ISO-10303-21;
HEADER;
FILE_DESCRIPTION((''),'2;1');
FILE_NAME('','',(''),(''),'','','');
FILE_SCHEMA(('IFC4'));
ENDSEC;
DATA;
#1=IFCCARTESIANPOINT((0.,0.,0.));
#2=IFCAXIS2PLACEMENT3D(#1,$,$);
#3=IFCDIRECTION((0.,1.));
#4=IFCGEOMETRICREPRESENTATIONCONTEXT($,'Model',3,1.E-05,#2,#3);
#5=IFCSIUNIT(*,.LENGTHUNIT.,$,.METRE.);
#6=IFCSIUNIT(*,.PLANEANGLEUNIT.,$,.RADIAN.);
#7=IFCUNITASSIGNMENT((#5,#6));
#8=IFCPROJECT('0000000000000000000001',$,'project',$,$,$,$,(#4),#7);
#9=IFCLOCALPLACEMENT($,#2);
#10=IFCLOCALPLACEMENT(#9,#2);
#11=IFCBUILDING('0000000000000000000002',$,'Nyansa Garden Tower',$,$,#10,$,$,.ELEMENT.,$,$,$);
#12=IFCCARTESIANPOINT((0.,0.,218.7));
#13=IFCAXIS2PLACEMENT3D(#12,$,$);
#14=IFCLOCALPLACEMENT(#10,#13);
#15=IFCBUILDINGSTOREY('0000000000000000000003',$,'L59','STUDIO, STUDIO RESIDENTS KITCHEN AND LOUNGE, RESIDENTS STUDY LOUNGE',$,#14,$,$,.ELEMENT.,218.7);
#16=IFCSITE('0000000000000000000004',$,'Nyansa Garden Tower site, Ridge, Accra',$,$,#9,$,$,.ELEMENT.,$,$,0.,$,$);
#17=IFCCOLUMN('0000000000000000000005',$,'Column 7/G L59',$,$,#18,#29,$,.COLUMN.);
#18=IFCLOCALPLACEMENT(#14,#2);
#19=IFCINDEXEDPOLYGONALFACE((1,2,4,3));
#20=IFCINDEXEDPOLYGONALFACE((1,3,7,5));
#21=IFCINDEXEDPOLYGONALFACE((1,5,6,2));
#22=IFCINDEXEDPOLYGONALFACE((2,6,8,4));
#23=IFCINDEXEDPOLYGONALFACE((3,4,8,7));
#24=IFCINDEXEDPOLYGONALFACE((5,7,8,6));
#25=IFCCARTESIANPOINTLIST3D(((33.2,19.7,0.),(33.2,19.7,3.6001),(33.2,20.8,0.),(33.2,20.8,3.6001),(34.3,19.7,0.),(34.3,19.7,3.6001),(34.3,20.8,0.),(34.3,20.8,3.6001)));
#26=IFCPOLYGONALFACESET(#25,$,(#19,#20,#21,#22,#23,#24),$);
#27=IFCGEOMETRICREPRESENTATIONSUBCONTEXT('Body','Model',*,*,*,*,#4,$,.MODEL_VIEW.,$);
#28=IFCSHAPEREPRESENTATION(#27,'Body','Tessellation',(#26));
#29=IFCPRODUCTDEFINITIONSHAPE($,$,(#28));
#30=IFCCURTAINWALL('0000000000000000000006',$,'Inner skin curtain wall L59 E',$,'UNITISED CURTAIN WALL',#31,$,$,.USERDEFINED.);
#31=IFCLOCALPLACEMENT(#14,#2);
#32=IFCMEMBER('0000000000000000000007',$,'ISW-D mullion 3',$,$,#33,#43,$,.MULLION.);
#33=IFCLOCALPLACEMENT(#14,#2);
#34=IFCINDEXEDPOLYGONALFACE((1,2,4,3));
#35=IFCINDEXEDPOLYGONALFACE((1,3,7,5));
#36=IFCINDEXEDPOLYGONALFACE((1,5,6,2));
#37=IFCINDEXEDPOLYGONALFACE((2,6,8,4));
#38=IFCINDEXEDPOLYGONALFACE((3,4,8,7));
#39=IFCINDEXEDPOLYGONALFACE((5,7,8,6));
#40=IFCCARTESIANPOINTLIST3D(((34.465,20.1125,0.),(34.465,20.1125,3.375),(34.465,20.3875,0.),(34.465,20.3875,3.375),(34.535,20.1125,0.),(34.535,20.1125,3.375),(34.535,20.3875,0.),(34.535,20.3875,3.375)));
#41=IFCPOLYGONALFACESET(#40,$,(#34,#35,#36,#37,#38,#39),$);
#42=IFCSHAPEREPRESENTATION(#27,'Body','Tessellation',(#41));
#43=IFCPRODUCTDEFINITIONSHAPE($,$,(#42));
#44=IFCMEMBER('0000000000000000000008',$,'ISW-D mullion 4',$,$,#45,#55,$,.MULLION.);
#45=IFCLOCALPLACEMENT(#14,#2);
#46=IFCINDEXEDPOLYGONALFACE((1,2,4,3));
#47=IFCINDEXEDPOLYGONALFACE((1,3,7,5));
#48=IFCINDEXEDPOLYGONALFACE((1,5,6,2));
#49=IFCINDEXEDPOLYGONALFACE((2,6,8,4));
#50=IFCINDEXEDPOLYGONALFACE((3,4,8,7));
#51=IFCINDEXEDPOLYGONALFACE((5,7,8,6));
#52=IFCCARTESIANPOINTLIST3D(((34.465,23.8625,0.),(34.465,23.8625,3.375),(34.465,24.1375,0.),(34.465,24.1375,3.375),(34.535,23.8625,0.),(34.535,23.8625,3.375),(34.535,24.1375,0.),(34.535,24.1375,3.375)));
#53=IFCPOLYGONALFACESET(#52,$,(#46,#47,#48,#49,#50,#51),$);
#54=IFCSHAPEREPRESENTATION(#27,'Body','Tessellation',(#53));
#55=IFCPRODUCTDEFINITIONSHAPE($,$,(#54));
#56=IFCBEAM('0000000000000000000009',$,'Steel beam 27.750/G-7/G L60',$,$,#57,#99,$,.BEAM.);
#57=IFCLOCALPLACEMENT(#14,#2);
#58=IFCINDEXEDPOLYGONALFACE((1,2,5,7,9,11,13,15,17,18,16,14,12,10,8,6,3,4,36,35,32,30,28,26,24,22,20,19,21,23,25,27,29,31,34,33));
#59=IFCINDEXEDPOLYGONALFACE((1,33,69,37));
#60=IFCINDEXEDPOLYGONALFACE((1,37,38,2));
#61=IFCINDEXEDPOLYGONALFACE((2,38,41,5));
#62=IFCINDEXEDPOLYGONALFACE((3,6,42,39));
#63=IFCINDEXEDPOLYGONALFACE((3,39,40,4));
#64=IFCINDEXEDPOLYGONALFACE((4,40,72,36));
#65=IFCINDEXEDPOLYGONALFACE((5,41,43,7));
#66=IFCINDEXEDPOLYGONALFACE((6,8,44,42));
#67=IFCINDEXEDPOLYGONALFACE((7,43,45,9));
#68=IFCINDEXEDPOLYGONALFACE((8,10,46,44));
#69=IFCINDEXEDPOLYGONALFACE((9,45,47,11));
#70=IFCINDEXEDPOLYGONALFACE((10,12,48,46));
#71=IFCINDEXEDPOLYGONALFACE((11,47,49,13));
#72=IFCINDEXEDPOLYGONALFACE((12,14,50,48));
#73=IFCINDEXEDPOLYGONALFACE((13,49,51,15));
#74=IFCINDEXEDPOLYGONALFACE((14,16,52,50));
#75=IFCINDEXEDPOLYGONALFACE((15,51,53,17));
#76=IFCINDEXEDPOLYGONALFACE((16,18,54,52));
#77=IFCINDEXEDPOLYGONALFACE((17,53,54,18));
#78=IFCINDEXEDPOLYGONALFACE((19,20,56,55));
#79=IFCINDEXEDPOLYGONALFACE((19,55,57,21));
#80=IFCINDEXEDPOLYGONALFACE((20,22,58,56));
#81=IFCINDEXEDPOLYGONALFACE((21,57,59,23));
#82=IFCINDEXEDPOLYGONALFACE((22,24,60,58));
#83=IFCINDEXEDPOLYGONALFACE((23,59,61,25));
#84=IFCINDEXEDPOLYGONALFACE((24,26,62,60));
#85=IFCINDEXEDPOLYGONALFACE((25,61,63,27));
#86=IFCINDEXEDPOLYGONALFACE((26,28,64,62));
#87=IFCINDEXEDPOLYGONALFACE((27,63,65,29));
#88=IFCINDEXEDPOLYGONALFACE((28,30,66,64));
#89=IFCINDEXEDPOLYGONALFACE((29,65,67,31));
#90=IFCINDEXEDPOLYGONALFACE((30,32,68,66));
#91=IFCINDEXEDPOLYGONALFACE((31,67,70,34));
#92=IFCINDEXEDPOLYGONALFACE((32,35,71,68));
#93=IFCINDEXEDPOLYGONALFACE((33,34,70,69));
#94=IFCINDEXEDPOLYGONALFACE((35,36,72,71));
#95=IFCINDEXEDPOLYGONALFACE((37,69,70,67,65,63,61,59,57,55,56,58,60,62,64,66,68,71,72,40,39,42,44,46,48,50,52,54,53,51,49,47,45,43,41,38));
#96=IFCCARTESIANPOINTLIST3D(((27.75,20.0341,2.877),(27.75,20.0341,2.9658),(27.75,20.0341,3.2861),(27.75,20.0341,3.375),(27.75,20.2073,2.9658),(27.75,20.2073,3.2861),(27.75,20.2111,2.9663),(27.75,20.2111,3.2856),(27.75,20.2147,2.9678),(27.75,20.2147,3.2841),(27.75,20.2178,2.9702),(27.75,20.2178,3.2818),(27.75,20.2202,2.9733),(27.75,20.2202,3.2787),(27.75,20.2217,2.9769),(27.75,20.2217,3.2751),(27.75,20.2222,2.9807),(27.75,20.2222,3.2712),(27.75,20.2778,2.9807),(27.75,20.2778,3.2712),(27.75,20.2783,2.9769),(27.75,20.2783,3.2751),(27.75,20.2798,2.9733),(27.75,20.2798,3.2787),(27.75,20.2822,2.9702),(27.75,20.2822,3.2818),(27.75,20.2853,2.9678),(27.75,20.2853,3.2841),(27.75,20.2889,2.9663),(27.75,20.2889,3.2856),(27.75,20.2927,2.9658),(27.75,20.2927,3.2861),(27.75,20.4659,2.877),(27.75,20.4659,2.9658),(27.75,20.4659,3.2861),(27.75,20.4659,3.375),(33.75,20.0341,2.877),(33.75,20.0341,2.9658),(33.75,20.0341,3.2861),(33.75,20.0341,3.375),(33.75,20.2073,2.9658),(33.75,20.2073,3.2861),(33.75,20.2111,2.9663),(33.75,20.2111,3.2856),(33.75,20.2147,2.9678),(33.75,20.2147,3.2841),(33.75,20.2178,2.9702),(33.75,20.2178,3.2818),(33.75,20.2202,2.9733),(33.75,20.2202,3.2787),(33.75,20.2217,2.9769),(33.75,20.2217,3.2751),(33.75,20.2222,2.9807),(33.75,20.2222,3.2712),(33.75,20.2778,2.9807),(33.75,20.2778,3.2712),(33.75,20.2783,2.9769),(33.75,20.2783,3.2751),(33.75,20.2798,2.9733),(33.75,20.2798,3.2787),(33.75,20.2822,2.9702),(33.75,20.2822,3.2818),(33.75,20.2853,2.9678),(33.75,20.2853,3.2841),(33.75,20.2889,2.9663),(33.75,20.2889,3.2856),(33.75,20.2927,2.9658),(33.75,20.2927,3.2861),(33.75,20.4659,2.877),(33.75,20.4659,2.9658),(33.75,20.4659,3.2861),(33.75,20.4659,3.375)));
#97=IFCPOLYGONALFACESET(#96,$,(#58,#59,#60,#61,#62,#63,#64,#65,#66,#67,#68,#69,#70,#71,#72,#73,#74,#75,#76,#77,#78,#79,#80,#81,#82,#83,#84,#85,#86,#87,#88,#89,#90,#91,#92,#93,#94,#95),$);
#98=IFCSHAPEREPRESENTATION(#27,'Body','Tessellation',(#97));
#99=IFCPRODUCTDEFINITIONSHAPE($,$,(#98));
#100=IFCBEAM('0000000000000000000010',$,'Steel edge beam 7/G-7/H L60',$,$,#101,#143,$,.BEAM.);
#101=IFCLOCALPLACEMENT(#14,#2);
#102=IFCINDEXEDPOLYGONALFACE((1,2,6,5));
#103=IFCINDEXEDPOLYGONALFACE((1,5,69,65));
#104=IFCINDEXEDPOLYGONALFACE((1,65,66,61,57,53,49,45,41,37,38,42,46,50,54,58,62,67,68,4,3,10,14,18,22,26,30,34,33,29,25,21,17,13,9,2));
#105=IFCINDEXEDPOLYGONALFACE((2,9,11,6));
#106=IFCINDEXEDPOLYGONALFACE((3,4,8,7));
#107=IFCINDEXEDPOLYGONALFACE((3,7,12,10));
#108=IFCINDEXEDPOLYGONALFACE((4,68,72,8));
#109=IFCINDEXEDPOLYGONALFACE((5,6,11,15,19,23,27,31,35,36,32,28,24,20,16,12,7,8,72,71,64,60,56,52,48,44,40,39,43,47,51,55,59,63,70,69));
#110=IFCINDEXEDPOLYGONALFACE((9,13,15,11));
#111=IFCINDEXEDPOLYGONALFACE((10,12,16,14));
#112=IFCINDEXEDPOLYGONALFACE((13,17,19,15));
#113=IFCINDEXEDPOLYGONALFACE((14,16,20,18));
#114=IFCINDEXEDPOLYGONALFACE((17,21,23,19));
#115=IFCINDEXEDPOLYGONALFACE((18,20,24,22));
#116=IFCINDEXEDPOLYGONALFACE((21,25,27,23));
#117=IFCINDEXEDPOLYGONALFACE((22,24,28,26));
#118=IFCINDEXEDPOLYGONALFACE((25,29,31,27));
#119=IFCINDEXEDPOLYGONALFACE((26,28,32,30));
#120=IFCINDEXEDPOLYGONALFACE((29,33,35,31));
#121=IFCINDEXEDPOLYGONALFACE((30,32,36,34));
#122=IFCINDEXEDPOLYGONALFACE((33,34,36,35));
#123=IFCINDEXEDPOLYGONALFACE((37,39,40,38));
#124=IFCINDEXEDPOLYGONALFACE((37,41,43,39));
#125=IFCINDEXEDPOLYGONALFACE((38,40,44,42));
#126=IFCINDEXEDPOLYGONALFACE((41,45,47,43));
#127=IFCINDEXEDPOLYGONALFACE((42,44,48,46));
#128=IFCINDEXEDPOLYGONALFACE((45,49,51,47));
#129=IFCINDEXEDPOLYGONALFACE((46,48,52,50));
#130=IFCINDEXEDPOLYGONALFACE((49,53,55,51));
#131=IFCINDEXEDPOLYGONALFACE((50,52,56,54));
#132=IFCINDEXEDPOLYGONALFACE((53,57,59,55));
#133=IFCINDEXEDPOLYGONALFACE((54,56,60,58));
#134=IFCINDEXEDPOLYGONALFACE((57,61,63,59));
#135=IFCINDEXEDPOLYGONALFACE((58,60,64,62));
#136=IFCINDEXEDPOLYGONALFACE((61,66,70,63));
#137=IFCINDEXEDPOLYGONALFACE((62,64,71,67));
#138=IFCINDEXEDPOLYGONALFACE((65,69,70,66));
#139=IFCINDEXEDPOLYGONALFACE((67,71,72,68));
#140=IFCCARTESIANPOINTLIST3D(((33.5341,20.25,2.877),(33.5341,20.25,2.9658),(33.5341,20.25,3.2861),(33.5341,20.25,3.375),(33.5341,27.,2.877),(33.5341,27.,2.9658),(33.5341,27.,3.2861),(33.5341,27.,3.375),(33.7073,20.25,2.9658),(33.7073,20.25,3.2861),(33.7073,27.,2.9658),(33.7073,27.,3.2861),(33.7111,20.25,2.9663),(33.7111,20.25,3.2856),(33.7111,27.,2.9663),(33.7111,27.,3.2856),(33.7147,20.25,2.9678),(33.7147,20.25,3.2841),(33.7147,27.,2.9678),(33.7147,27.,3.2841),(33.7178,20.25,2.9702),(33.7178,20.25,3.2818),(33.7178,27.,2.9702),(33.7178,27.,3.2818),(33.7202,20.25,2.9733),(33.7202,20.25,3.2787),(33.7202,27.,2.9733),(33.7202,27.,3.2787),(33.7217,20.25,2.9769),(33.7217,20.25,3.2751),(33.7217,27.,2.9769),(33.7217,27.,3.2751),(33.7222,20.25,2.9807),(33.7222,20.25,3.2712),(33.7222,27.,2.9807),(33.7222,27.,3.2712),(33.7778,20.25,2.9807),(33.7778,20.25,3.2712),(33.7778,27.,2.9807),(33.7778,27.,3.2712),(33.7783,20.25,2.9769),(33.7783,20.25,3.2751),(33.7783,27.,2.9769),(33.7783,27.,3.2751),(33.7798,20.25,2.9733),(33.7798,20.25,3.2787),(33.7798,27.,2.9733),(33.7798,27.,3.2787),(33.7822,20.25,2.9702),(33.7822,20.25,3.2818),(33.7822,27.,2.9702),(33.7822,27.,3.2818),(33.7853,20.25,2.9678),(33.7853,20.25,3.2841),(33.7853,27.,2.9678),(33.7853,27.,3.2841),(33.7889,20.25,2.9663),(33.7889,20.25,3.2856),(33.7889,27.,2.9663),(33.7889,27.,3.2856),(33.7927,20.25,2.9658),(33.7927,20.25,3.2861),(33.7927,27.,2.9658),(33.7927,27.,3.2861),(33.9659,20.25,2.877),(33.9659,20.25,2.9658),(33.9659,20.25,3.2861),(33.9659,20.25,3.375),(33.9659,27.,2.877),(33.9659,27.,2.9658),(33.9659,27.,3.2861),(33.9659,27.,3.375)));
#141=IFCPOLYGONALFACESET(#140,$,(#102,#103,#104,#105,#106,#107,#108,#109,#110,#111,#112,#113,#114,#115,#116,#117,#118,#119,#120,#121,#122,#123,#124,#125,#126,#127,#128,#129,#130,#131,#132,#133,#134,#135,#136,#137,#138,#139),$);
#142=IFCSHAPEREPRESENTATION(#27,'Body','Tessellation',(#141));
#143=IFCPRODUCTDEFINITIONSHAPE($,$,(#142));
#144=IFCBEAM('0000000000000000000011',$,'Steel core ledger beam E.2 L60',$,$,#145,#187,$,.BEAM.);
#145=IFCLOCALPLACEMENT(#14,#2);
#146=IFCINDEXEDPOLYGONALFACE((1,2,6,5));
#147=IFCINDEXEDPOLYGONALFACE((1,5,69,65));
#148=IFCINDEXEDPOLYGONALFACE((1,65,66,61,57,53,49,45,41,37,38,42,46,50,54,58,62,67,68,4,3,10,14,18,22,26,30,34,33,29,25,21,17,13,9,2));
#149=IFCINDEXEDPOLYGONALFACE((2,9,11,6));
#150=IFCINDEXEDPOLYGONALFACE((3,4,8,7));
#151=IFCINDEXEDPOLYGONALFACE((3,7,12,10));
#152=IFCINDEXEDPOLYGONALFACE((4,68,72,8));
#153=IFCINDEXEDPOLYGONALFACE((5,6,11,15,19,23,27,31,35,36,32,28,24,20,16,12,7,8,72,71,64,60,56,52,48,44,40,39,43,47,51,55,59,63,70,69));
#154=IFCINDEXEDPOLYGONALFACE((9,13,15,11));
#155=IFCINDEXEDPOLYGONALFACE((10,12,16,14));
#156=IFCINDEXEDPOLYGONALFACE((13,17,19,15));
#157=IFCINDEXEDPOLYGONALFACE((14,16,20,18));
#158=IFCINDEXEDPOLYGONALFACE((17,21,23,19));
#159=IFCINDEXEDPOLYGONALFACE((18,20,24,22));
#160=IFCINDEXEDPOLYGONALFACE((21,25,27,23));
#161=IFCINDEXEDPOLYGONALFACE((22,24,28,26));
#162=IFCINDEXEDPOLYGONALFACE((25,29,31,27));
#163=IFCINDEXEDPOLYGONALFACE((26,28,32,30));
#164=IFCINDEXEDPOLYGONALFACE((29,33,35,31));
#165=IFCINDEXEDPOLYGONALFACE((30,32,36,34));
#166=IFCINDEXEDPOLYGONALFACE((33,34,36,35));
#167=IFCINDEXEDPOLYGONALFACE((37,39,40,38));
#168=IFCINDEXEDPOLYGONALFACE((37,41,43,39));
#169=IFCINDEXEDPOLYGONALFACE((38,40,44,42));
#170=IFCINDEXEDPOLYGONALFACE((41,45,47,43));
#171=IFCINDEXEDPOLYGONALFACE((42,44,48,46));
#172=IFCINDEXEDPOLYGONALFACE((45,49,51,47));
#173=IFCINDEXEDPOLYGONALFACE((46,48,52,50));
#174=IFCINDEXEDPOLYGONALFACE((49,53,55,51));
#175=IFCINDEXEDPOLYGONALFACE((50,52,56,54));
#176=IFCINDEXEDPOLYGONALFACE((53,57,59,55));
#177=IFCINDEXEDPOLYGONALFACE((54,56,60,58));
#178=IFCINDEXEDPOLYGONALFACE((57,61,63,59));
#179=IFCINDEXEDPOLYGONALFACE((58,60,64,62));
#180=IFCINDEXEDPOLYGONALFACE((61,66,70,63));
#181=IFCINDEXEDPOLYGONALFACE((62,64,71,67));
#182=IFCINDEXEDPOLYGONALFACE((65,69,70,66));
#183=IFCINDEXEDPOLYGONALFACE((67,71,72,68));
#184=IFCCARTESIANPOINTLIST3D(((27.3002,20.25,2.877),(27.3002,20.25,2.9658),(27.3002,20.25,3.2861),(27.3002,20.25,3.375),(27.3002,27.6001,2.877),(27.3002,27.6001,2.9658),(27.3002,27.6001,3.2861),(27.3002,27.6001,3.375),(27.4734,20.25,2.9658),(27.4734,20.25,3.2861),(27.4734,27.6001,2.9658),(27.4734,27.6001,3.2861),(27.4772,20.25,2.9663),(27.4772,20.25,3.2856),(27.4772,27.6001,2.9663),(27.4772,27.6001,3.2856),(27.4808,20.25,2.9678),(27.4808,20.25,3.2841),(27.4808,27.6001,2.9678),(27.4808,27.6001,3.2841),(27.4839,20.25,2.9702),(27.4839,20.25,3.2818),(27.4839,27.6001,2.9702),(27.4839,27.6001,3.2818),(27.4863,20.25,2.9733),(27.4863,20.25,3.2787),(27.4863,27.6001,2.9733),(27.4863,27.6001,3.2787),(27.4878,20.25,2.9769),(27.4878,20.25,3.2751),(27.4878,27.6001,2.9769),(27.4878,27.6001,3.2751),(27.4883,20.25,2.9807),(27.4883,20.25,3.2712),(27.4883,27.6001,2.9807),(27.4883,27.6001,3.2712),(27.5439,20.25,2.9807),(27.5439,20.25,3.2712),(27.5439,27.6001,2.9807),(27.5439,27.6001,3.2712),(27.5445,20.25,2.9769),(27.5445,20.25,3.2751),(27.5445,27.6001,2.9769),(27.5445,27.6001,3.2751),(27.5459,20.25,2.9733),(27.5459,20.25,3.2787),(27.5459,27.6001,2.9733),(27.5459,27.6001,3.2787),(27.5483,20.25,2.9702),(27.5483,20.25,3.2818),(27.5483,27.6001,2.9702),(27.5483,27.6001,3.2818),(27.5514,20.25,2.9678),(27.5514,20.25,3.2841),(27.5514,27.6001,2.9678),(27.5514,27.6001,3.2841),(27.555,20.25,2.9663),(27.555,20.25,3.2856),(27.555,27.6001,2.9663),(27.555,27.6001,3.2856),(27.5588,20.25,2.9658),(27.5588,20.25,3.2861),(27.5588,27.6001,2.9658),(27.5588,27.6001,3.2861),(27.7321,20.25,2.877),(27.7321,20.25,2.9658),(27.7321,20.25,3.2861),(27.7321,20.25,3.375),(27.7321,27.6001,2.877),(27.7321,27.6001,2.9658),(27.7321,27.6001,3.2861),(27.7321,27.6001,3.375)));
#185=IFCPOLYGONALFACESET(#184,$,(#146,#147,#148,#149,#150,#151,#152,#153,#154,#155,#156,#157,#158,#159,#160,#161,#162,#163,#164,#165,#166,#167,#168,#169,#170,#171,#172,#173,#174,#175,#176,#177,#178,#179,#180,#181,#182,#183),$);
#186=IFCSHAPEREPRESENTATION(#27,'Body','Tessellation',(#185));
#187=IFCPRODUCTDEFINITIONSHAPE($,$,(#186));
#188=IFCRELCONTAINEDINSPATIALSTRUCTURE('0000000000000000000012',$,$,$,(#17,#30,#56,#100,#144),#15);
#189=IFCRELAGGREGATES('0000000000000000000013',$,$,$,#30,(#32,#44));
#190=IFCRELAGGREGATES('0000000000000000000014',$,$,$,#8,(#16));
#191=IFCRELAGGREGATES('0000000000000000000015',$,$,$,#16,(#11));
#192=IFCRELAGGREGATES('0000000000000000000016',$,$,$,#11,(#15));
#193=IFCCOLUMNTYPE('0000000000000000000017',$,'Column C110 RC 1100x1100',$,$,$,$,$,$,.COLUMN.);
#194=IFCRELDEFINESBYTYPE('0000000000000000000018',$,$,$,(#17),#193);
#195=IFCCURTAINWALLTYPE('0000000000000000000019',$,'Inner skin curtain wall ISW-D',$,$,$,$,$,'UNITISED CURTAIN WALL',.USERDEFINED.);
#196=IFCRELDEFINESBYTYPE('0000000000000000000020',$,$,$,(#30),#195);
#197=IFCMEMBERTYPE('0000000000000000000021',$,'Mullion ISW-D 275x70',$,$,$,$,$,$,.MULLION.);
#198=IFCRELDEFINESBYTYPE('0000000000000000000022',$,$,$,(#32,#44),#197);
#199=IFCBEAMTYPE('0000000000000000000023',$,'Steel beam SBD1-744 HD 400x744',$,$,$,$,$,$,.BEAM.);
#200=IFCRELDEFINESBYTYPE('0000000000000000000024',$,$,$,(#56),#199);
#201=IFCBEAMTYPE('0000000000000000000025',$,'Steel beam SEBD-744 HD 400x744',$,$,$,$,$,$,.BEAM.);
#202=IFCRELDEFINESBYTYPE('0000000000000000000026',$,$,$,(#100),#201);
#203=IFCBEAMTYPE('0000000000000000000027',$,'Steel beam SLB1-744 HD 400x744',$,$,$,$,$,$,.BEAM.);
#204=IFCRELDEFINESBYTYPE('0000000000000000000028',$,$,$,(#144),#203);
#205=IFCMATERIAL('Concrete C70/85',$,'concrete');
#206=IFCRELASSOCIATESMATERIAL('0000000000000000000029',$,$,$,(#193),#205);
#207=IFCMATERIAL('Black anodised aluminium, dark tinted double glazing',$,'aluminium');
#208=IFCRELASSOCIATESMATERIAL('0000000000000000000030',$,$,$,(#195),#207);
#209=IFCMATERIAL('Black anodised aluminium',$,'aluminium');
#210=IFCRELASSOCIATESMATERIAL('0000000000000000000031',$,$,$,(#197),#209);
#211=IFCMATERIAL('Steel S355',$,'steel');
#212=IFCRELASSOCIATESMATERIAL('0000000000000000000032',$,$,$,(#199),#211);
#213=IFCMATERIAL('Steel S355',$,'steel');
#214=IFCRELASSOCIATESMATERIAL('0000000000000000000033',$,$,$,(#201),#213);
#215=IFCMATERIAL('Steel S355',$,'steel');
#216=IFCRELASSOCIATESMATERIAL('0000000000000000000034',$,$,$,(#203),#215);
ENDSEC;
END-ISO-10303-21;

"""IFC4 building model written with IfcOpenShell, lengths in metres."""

from ifc_helpers import new_model, si_unit, direction, frame, origin, origin_2d, place, context, subcontext, project, spatial, rectangle, i_section, extrude, material, material_profile, profile_set, type_object, element, aggregate, save


model = new_model("IFC4")

# Units and contexts
model_context = context("Model", 3, precision=1e-05, world=origin(), true_north=direction((0.0, 1.0)))
body_context = subcontext(model_context, "Body", "Model", "MODEL_VIEW")
ifc_project = project(units=[si_unit("LENGTHUNIT", "METRE"), si_unit("PLANEANGLEUNIT", "RADIAN")], contexts=[model_context])

# Site, building, storey
site_placement = place(None, origin())
site = spatial("IfcSite", under=ifc_project, at=site_placement, Name="Nyansa Garden Tower site, Ridge, Accra", CompositionType="ELEMENT", RefElevation=0.0)
building_placement = place(site_placement, origin())
building = spatial("IfcBuilding", under=site, at=building_placement, Name="Nyansa Garden Tower", CompositionType="ELEMENT")
storey_placement = place(building_placement, frame((0.0, 0.0, 218.7)))
storey = spatial("IfcBuildingStorey", under=building, at=storey_placement, Name="L59", Description="STUDIO, STUDIO RESIDENTS KITCHEN AND LOUNGE, RESIDENTS STUDY LOUNGE", CompositionType="ELEMENT", Elevation=218.7)

# Column
ifc_material_1 = material(Name="Concrete C70/85", Category="concrete")
ifc_material_profile_1 = material_profile(ifc_material_1, rectangle(XDim=1.1001, YDim=1.1001, at=origin_2d()), Name="RC 1100x1100")
ifc_profile_set_1 = profile_set([ifc_material_profile_1], Name="Concrete C70/85")
column_type = type_object("IfcColumnType", Name="Column C110 RC 1100x1100", PredefinedType="COLUMN", material=ifc_profile_set_1)
column_placement = place(storey_placement, frame((33.75, 20.25, 0.0), z_axis=(0.0, 0.0, 1.0), x_axis=(1.0, 0.0, 0.0)))
element("IfcColumn", 1, at=column_placement, inside=storey, type_object=column_type, Name="Column 7/G L59", PredefinedType="COLUMN", context=body_context, shape_type="SweptSolid", body=[
    extrude(rectangle(XDim=1.1001, YDim=1.1001, at=origin_2d()), origin(), (0.0, 0.0, 1.0), 3.6001),
])

# Curtain wall, members
ifc_material_2 = material(Name="Black anodised aluminium, dark tinted double glazing", Category="aluminium")
curtain_wall_type = type_object("IfcCurtainWallType", Name="Inner skin curtain wall ISW-D", ElementType="UNITISED CURTAIN WALL", PredefinedType="USERDEFINED", material=ifc_material_2)
curtain_wall_placement = place(storey_placement, origin())
curtain_wall = element("IfcCurtainWall", 2, at=curtain_wall_placement, inside=storey, type_object=curtain_wall_type, Name="Inner skin curtain wall L59 E", ObjectType="UNITISED CURTAIN WALL", PredefinedType="USERDEFINED")
ifc_material_3 = material(Name="Black anodised aluminium", Category="aluminium")
ifc_material_profile_2 = material_profile(ifc_material_3, rectangle(XDim=0.0701, YDim=0.2749, at=origin_2d()), Name="Mullion 275x70")
ifc_profile_set_2 = profile_set([ifc_material_profile_2], Name="Black anodised aluminium")
member_type_1 = type_object("IfcMemberType", Name="Mullion ISW-D 275x70", PredefinedType="MULLION", material=ifc_profile_set_2)
member_1_placement = place(storey_placement, frame((34.5, 20.25, 0.0), z_axis=(0.0, 0.0, 1.0), x_axis=(-1.0, 0.0, 0.0)))
member_1 = element("IfcMember", 3, at=member_1_placement, type_object=member_type_1, Name="ISW-D mullion 3", PredefinedType="MULLION", context=body_context, shape_type="SweptSolid", body=[
    extrude(rectangle(XDim=0.0701, YDim=0.2749, at=origin_2d()), origin(), (0.0, 0.0, 1.0), 3.375),
])
member_2_placement = place(storey_placement, frame((34.5, 24.0, 0.0), z_axis=(0.0, 0.0, 1.0), x_axis=(-1.0, 0.0, 0.0)))
member_2 = element("IfcMember", 4, at=member_2_placement, type_object=member_type_1, Name="ISW-D mullion 4", PredefinedType="MULLION", context=body_context, shape_type="SweptSolid", body=[
    extrude(rectangle(XDim=0.0701, YDim=0.2749, at=origin_2d()), origin(), (0.0, 0.0, 1.0), 3.375),
])

# Beams
ifc_material_4 = material(Name="Steel S355", Category="steel")
ifc_material_profile_3 = material_profile(ifc_material_4, i_section(OverallWidth=0.4319, OverallDepth=0.498, WebThickness=0.0557, FlangeThickness=0.0889, FilletRadius=0.0149, at=origin_2d()), Name="HD 400x744")
ifc_profile_set_3 = profile_set([ifc_material_profile_3], Name="Steel S355")
beam_type_1 = type_object("IfcBeamType", Name="Steel beam SBD1-744 HD 400x744", PredefinedType="BEAM", material=ifc_profile_set_3)
beam_1_placement = place(storey_placement, frame((27.75, 20.25, 3.126), z_axis=(1.0, 0.0, 0.0), x_axis=(0.0, 1.0, 0.0)))
element("IfcBeam", 5, at=beam_1_placement, inside=storey, type_object=beam_type_1, Name="Steel beam 27.750/G-7/G L60", PredefinedType="BEAM", context=body_context, shape_type="SweptSolid", body=[
    extrude(i_section(OverallWidth=0.4319, OverallDepth=0.498, WebThickness=0.0557, FlangeThickness=0.0889, FilletRadius=0.0149, at=origin_2d()), origin(), (0.0, 0.0, 1.0), 6.0),
])
ifc_material_5 = material(Name="Steel S355", Category="steel")
ifc_material_profile_4 = material_profile(ifc_material_5, i_section(OverallWidth=0.4319, OverallDepth=0.498, WebThickness=0.0557, FlangeThickness=0.0889, FilletRadius=0.0149, at=origin_2d()), Name="HD 400x744")
ifc_profile_set_4 = profile_set([ifc_material_profile_4], Name="Steel S355")
beam_type_2 = type_object("IfcBeamType", Name="Steel beam SEBD-744 HD 400x744", PredefinedType="BEAM", material=ifc_profile_set_4)
beam_2_placement = place(storey_placement, frame((33.75, 20.25, 3.126), z_axis=(0.0, 1.0, 0.0), x_axis=(-1.0, 0.0, 0.0)))
element("IfcBeam", 6, at=beam_2_placement, inside=storey, type_object=beam_type_2, Name="Steel edge beam 7/G-7/H L60", PredefinedType="BEAM", context=body_context, shape_type="SweptSolid", body=[
    extrude(i_section(OverallWidth=0.4319, OverallDepth=0.498, WebThickness=0.0557, FlangeThickness=0.0889, FilletRadius=0.0149, at=origin_2d()), origin(), (0.0, 0.0, 1.0), 6.75),
])
ifc_material_6 = material(Name="Steel S355", Category="steel")
ifc_material_profile_5 = material_profile(ifc_material_6, i_section(OverallWidth=0.4319, OverallDepth=0.498, WebThickness=0.0557, FlangeThickness=0.0889, FilletRadius=0.0149, at=origin_2d()), Name="HD 400x744")
ifc_profile_set_5 = profile_set([ifc_material_profile_5], Name="Steel S355")
beam_type_3 = type_object("IfcBeamType", Name="Steel beam SLB1-744 HD 400x744", PredefinedType="BEAM", material=ifc_profile_set_5)
beam_3_placement = place(storey_placement, frame((27.5161, 20.25, 3.126), z_axis=(0.0, 1.0, 0.0), x_axis=(-1.0, 0.0, 0.0)))
element("IfcBeam", 7, at=beam_3_placement, inside=storey, type_object=beam_type_3, Name="Steel core ledger beam E.2 L60", PredefinedType="BEAM", context=body_context, shape_type="SweptSolid", body=[
    extrude(i_section(OverallWidth=0.4319, OverallDepth=0.498, WebThickness=0.0557, FlangeThickness=0.0889, FilletRadius=0.0149, at=origin_2d()), origin(), (0.0, 0.0, 1.0), 7.3501),
])

aggregate(curtain_wall, [member_1, member_2])

save(model, "model.ifc")
